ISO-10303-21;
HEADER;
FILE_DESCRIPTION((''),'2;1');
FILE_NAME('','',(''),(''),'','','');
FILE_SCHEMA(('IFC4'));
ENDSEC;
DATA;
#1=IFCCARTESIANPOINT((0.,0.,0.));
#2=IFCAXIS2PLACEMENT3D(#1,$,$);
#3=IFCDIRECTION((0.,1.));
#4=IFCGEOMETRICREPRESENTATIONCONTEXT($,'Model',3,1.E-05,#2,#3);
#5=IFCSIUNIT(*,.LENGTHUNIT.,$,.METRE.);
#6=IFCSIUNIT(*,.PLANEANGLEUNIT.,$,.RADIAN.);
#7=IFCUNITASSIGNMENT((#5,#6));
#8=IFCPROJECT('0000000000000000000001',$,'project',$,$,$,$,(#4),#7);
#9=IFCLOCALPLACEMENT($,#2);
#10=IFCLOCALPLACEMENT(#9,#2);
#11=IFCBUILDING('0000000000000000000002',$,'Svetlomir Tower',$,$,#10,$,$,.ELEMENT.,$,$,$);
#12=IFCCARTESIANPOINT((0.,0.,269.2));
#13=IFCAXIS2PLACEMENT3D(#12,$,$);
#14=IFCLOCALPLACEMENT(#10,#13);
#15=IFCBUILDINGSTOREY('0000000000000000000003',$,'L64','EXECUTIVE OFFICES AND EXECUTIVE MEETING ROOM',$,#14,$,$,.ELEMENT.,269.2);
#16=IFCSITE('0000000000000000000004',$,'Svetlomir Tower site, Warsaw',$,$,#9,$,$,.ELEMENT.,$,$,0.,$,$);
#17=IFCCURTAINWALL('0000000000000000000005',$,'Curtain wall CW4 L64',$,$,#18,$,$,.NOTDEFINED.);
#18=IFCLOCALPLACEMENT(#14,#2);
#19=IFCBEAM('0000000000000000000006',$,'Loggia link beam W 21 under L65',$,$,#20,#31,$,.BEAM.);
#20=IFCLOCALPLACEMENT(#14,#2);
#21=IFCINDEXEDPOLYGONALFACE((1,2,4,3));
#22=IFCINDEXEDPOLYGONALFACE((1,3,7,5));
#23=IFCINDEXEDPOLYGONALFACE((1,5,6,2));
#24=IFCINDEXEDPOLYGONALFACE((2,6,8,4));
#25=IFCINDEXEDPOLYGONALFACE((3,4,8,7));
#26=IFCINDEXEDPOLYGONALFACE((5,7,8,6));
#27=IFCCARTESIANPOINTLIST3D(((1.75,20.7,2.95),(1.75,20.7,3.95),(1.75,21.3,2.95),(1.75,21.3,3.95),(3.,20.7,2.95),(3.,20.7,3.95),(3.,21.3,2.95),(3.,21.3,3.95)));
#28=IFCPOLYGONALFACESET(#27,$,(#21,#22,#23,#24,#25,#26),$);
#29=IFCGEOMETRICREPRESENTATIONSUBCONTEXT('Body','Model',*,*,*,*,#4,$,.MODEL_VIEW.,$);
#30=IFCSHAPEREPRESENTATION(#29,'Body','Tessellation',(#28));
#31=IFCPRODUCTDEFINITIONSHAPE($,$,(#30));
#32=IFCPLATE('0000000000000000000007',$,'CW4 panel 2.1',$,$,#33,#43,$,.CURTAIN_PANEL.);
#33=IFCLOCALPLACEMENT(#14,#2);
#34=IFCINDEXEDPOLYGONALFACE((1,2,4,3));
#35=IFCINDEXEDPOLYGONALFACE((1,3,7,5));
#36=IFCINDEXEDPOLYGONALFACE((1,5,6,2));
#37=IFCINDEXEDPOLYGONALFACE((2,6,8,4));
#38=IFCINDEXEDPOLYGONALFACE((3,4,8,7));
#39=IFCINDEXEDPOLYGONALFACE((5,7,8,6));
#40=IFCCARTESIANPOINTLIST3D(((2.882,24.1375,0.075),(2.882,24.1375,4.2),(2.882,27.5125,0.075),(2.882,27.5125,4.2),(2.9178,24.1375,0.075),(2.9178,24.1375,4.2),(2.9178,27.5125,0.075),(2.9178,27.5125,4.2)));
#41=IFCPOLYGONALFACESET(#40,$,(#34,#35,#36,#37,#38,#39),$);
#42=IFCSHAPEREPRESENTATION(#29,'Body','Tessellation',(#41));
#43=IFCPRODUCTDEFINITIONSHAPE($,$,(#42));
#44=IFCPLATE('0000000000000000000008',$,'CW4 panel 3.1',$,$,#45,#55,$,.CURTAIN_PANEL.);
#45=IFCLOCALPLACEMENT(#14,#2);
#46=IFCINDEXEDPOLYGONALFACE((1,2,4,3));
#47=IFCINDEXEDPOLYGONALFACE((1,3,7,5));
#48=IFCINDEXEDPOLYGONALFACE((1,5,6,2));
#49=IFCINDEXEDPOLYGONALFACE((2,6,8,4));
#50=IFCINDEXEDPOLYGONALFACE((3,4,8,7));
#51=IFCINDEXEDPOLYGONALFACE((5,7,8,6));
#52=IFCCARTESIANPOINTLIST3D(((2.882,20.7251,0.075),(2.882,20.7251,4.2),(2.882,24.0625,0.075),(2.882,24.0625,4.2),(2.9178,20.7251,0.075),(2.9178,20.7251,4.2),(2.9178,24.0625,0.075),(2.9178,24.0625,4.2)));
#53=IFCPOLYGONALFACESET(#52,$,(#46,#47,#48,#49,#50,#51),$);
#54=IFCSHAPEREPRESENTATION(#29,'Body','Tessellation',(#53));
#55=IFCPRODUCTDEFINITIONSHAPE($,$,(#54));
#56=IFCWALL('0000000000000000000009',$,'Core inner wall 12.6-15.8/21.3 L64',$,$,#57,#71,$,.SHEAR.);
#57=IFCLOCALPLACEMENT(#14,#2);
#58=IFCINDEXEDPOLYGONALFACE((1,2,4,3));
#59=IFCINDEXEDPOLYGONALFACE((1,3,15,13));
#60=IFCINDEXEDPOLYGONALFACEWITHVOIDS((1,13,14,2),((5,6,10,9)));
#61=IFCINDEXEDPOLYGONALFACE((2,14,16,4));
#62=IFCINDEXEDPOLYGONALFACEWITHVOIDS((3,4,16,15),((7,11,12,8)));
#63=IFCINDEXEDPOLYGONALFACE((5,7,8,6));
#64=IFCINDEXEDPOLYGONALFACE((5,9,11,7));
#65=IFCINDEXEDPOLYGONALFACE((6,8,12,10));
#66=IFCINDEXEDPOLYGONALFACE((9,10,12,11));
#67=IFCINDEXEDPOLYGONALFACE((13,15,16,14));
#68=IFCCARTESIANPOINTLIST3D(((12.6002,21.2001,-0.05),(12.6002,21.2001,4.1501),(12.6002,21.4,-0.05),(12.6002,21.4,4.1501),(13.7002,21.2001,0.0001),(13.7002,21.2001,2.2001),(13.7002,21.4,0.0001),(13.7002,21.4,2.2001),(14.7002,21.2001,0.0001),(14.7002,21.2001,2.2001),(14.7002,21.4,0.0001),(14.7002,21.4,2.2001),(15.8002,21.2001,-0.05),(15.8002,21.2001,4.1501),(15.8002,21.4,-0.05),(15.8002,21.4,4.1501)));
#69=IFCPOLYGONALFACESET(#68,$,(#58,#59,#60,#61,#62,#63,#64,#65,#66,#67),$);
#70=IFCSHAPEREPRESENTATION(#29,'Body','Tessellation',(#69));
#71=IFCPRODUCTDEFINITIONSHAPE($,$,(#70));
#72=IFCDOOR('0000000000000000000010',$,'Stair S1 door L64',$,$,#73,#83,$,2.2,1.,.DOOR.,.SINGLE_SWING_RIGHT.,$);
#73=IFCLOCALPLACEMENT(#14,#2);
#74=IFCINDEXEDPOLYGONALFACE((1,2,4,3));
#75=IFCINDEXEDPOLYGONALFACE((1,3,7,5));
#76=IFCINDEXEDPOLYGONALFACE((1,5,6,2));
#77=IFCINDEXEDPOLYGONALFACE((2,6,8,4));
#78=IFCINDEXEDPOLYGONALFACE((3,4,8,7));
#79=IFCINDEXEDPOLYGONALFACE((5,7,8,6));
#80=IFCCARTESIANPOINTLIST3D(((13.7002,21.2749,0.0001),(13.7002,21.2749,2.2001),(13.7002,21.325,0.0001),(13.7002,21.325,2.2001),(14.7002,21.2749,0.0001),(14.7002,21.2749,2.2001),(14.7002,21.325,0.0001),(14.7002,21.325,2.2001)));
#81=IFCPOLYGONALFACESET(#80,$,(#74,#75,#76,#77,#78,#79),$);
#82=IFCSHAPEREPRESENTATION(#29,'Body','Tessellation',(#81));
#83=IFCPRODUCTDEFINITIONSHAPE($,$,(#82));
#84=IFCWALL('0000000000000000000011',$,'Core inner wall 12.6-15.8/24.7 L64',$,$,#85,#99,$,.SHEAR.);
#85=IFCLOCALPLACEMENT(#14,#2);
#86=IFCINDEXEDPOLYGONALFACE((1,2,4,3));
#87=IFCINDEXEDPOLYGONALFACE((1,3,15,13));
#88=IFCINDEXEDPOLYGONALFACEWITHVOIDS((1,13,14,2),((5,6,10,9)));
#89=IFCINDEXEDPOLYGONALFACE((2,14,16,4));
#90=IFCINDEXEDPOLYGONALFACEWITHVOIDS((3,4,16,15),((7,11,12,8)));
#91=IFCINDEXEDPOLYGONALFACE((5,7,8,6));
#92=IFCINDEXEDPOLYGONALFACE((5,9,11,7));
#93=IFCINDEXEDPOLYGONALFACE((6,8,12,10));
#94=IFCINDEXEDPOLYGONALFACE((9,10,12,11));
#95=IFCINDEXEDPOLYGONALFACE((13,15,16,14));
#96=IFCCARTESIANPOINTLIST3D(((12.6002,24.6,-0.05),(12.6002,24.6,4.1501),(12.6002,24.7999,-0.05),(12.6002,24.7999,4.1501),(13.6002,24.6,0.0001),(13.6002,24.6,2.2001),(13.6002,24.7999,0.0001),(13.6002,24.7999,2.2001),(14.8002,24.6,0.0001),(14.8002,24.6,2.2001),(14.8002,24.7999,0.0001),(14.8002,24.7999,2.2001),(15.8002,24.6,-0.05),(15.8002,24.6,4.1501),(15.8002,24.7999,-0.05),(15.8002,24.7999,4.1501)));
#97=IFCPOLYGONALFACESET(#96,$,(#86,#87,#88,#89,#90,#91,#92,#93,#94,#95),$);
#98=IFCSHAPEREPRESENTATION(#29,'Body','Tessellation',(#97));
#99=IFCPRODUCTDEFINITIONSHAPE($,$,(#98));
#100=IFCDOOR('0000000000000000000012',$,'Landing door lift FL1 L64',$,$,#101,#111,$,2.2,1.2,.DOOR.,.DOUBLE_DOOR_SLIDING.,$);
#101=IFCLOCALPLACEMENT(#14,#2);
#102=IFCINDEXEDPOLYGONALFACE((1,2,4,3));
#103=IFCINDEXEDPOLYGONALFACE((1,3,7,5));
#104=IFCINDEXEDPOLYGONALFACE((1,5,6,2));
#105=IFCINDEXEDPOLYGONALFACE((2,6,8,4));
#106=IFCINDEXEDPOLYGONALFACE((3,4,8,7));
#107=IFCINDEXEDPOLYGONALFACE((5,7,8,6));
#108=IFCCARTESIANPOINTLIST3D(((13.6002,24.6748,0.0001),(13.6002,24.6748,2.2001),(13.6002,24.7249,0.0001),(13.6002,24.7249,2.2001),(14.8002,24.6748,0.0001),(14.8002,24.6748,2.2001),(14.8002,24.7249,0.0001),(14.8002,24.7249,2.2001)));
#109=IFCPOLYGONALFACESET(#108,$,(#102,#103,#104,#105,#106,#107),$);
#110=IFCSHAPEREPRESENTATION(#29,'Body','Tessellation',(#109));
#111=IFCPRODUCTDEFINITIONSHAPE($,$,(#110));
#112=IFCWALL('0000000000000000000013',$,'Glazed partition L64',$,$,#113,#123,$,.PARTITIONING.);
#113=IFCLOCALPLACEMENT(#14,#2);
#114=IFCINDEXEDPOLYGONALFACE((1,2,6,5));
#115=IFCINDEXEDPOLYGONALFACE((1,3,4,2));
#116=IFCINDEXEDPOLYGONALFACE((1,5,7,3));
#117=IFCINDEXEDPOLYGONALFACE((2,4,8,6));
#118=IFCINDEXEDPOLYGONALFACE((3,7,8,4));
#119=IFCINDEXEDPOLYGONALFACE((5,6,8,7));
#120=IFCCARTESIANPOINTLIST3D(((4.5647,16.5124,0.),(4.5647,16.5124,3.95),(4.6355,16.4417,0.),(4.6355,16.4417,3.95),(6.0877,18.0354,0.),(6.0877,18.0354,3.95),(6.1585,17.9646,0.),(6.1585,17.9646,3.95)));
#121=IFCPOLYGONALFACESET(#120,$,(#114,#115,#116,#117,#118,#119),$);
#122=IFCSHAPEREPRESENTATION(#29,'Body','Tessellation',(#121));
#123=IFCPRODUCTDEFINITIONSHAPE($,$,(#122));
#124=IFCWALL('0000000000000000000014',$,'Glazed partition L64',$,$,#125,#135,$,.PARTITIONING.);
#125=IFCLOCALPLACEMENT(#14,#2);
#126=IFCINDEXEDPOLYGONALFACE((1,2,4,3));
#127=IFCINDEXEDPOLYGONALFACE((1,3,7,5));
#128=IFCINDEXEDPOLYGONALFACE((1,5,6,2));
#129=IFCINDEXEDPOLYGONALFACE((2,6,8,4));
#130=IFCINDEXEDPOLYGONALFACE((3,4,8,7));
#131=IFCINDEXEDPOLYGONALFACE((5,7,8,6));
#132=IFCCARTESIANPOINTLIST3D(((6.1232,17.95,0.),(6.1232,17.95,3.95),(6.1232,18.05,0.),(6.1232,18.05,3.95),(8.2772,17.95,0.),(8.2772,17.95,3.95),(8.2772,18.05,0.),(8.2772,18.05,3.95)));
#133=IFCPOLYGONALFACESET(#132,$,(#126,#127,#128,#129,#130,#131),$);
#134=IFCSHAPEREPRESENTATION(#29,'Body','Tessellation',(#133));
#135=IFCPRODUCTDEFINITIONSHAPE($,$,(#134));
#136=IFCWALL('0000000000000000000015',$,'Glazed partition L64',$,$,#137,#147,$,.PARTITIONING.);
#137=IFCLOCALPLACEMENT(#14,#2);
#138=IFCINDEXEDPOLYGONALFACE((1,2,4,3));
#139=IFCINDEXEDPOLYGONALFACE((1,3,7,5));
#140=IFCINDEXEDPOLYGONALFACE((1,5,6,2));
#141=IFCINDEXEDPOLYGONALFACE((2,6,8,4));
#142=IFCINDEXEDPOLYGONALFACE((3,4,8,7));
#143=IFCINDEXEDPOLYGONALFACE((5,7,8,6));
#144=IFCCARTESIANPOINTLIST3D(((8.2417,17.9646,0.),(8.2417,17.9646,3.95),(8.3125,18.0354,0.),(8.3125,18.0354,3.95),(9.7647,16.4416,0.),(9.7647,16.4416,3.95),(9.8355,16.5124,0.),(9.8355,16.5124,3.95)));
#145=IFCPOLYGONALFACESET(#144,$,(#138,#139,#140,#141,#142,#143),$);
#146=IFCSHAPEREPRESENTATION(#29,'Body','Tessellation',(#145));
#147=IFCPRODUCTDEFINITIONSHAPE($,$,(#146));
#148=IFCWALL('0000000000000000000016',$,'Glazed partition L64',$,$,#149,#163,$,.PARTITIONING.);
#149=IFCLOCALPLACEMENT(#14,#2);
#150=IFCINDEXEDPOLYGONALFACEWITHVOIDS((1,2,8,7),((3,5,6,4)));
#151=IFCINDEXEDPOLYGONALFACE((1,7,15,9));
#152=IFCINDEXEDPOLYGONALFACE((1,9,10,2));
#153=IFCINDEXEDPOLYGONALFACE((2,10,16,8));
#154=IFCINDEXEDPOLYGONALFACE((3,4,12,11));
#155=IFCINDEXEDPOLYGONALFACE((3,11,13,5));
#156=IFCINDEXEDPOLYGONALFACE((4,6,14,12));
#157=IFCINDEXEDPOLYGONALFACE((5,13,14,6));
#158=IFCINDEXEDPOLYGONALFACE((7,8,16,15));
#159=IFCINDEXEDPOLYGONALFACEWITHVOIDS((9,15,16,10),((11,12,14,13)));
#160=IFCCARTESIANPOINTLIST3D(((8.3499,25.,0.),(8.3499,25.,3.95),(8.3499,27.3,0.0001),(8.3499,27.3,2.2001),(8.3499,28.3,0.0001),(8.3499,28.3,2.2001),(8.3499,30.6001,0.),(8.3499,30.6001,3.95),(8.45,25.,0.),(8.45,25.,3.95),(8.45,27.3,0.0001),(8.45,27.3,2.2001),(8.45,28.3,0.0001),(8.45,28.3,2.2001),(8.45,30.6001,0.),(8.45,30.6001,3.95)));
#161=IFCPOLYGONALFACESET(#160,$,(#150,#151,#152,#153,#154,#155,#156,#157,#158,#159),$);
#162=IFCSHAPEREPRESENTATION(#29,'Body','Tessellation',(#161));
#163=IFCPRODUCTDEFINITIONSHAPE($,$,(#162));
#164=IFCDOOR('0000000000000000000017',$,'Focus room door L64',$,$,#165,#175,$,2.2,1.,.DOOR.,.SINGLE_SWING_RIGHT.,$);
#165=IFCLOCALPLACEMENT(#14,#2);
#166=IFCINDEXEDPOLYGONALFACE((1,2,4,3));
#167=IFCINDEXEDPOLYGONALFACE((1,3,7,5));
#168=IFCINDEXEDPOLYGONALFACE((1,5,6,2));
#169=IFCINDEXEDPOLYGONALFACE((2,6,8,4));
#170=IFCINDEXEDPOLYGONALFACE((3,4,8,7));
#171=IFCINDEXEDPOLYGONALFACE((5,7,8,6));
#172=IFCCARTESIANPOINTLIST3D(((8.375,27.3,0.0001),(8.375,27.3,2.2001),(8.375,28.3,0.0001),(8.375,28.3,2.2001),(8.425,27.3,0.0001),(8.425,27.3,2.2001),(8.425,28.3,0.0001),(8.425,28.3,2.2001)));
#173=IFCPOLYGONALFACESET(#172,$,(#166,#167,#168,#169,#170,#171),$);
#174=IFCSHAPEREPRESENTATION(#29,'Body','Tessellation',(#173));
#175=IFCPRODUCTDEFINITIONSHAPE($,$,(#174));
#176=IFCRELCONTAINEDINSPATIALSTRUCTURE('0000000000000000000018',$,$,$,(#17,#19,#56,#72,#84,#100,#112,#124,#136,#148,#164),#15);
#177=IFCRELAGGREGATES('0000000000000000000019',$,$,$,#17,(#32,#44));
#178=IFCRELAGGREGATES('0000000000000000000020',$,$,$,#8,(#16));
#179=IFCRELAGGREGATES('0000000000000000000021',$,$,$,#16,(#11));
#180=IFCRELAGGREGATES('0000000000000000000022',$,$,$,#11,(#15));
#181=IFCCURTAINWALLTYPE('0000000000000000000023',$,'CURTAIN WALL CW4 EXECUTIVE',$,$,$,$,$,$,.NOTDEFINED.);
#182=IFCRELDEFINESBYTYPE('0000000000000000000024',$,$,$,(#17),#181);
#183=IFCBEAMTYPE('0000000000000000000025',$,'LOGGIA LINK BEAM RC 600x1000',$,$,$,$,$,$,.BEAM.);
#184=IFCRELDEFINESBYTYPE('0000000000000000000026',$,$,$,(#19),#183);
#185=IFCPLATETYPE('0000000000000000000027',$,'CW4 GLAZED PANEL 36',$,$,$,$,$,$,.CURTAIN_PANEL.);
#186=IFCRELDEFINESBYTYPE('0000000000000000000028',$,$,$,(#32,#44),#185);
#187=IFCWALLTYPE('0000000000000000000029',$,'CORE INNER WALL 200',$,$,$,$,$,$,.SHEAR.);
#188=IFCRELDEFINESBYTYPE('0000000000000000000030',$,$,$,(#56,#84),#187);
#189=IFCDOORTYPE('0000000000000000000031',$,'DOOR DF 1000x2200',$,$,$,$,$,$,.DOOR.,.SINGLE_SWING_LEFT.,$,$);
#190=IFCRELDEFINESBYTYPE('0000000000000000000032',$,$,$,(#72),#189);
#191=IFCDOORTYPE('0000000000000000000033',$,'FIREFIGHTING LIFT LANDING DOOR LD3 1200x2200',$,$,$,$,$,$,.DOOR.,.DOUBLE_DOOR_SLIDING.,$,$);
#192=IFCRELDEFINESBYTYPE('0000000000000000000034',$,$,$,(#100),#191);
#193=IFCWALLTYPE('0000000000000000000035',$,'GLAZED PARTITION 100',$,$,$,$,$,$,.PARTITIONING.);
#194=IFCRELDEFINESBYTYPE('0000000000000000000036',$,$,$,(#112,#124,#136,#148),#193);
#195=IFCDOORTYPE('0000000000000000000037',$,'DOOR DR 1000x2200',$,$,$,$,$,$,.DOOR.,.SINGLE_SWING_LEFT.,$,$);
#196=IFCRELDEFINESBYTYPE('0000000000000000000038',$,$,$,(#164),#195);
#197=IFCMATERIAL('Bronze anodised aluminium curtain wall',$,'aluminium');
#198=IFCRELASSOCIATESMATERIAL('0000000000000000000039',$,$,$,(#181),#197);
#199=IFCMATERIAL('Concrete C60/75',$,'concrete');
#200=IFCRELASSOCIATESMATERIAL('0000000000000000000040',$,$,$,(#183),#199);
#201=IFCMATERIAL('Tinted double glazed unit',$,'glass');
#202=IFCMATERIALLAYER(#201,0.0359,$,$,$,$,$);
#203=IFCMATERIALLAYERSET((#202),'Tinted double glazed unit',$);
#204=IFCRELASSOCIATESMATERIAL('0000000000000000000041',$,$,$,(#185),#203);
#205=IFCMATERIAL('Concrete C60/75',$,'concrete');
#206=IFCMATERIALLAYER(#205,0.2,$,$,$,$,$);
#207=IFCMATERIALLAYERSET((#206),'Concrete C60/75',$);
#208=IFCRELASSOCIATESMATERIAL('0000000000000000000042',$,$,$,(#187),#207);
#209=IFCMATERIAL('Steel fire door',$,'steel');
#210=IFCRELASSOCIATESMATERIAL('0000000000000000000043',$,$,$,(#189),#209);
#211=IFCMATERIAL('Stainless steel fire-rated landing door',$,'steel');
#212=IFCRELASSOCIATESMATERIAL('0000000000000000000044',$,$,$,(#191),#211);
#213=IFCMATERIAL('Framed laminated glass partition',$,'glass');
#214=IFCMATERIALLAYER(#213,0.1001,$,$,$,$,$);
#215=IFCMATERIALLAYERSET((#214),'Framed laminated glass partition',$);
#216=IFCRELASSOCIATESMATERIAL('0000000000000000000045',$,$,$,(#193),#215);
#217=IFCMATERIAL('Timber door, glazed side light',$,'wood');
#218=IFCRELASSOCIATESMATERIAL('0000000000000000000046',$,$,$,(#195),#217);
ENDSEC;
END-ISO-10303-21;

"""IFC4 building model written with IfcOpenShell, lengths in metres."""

from ifc_helpers import new_model, si_unit, direction, frame, frame_2d, origin, origin_2d, place, context, subcontext, project, spatial, rectangle, extrude, material, layer, layer_set, material_profile, profile_set, type_object, element, fill, aggregate, save


model = new_model("IFC4")

# Units and contexts
model_context = context("Model", 3, precision=1e-05, world=origin(), true_north=direction((0.0, 1.0)))
body_context = subcontext(model_context, "Body", "Model", "MODEL_VIEW")
ifc_project = project(units=[si_unit("LENGTHUNIT", "METRE"), si_unit("PLANEANGLEUNIT", "RADIAN")], contexts=[model_context])

# Site, building, storey
site_placement = place(None, origin())
site = spatial("IfcSite", under=ifc_project, at=site_placement, Name="Svetlomir Tower site, Warsaw", CompositionType="ELEMENT", RefElevation=0.0)
building_placement = place(site_placement, origin())
building = spatial("IfcBuilding", under=site, at=building_placement, Name="Svetlomir Tower", CompositionType="ELEMENT")
storey_placement = place(building_placement, frame((0.0, 0.0, 269.2)))
storey = spatial("IfcBuildingStorey", under=building, at=storey_placement, Name="L64", Description="EXECUTIVE OFFICES AND EXECUTIVE MEETING ROOM", CompositionType="ELEMENT", Elevation=269.2)

# Curtain wall
ifc_material_1 = material(Name="Bronze anodised aluminium curtain wall", Category="aluminium")
curtain_wall_type = type_object("IfcCurtainWallType", Name="CURTAIN WALL CW4 EXECUTIVE", PredefinedType="NOTDEFINED", material=ifc_material_1)
curtain_wall_1_placement = place(storey_placement, origin())
curtain_wall_1 = element("IfcCurtainWall", 1, at=curtain_wall_1_placement, inside=storey, type_object=curtain_wall_type, Name="Curtain wall CW4 L64", PredefinedType="NOTDEFINED")

# Beam
ifc_material_2 = material(Name="Concrete C60/75", Category="concrete")
ifc_material_profile_1 = material_profile(ifc_material_2, rectangle(XDim=0.6001, YDim=1.0, at=origin_2d()), Name="RC 600x1000")
ifc_profile_set_1 = profile_set([ifc_material_profile_1], Name="Concrete C60/75")
beam_type_1 = type_object("IfcBeamType", Name="LOGGIA LINK BEAM RC 600x1000", PredefinedType="BEAM", material=ifc_profile_set_1)
beam_1_placement = place(storey_placement, frame((1.75, 21.0, 3.45), z_axis=(1.0, 0.0, 0.0), x_axis=(0.0, 1.0, 0.0)))
element("IfcBeam", 2, at=beam_1_placement, inside=storey, type_object=beam_type_1, Name="Loggia link beam W 21 under L65", PredefinedType="BEAM", context=body_context, shape_type="SweptSolid", body=[
    extrude(rectangle(XDim=0.6001, YDim=1.0, at=origin_2d()), origin(), (0.0, 0.0, 1.0), 1.25),
])

# Plates
ifc_material_3 = material(Name="Tinted double glazed unit", Category="glass")
ifc_layer_1 = layer(ifc_material_3, 0.0359)
ifc_layer_set_1 = layer_set([ifc_layer_1], Name="Tinted double glazed unit")
plate_type = type_object("IfcPlateType", Name="CW4 GLAZED PANEL 36", PredefinedType="CURTAIN_PANEL", material=ifc_layer_set_1)
plate_1_placement = place(storey_placement, frame((2.8999, 25.825, 0.075), z_axis=(0.0, 0.0, 1.0), x_axis=(0.0, -1.0, 0.0)))
plate_1 = element("IfcPlate", 3, at=plate_1_placement, type_object=plate_type, Name="CW4 panel 2.1", PredefinedType="CURTAIN_PANEL", context=body_context, shape_type="SweptSolid", body=[
    extrude(rectangle(XDim=3.375, YDim=0.0359, at=origin_2d()), origin(), (0.0, 0.0, 1.0), 4.125),
])
plate_2_placement = place(storey_placement, frame((2.8999, 22.3938, 0.075), z_axis=(0.0, 0.0, 1.0), x_axis=(0.0, -1.0, 0.0)))
plate_2 = element("IfcPlate", 4, at=plate_2_placement, type_object=plate_type, Name="CW4 panel 3.1", PredefinedType="CURTAIN_PANEL", context=body_context, shape_type="SweptSolid", body=[
    extrude(rectangle(XDim=3.3374, YDim=0.0359, at=origin_2d()), origin(), (0.0, 0.0, 1.0), 4.125),
])
aggregate(curtain_wall_1, [plate_1, plate_2])

# Walls, openings, doors
ifc_material_4 = material(Name="Concrete C60/75", Category="concrete")
ifc_layer_2 = layer(ifc_material_4, 0.2)
ifc_layer_set_2 = layer_set([ifc_layer_2], Name="Concrete C60/75")
wall_type_1 = type_object("IfcWallType", Name="CORE INNER WALL 200", PredefinedType="SHEAR", material=ifc_layer_set_2)
wall_1_placement = place(storey_placement, frame((12.6001, 21.3, -0.05), z_axis=(0.0, 0.0, 1.0), x_axis=(1.0, 0.0, 0.0)))
wall_1 = element("IfcWall", 5, at=wall_1_placement, inside=storey, type_object=wall_type_1, Name="Core inner wall 12.6-15.8/21.3 L64", PredefinedType="SHEAR", context=body_context, shape_type="SweptSolid", body=[
    extrude(rectangle(XDim=3.2, YDim=0.2, at=frame_2d((1.6001, 0.0))), origin(), (0.0, 0.0, 1.0), 4.2002),
])
opening_1_placement = place(wall_1_placement, frame((1.1001, 0.0, 0.05)))
opening_1 = element("IfcOpeningElement", 6, at=opening_1_placement, cuts=wall_1, PredefinedType="OPENING", context=body_context, shape_type="SweptSolid", body=[
    extrude(rectangle(XDim=1.0, YDim=2.2, at=frame_2d((0.5, 1.1001))), frame((0.0, 0.1099, 0.0), z_axis=(0.0, -1.0, 0.0), x_axis=(1.0, 0.0, 0.0)), (0.0, 0.0, 1.0), 0.22),
])
ifc_material_5 = material(Name="Steel fire door", Category="steel")
door_type_1 = type_object("IfcDoorType", Name="DOOR DF 1000x2200", OperationType="SINGLE_SWING_LEFT", PredefinedType="DOOR", material=ifc_material_5)
door_1_placement = place(opening_1_placement, origin())
door_1 = element("IfcDoor", 7, at=door_1_placement, inside=storey, type_object=door_type_1, Name="Stair S1 door L64", OperationType="SINGLE_SWING_RIGHT", OverallHeight=2.2, OverallWidth=1.0, PredefinedType="DOOR", context=body_context, shape_type="SweptSolid", body=[
    extrude(rectangle(XDim=1.0, YDim=2.2, at=frame_2d((0.5, 1.1001))), frame((0.0, 0.0249, 0.0), z_axis=(0.0, -1.0, 0.0), x_axis=(1.0, 0.0, 0.0)), (0.0, 0.0, 1.0), 0.05),
])
fill(opening_1, door_1)
wall_2_placement = place(storey_placement, frame((12.6001, 24.7, -0.05), z_axis=(0.0, 0.0, 1.0), x_axis=(1.0, 0.0, 0.0)))
wall_2 = element("IfcWall", 8, at=wall_2_placement, inside=storey, type_object=wall_type_1, Name="Core inner wall 12.6-15.8/24.7 L64", PredefinedType="SHEAR", context=body_context, shape_type="SweptSolid", body=[
    extrude(rectangle(XDim=3.2, YDim=0.2, at=frame_2d((1.6001, 0.0))), origin(), (0.0, 0.0, 1.0), 4.2002),
])
opening_2_placement = place(wall_2_placement, frame((1.0, 0.0, 0.05)))
opening_2 = element("IfcOpeningElement", 9, at=opening_2_placement, cuts=wall_2, PredefinedType="OPENING", context=body_context, shape_type="SweptSolid", body=[
    extrude(rectangle(XDim=1.2, YDim=2.2, at=frame_2d((0.6001, 1.1001))), frame((0.0, 0.1099, 0.0), z_axis=(0.0, -1.0, 0.0), x_axis=(1.0, 0.0, 0.0)), (0.0, 0.0, 1.0), 0.22),
])
ifc_material_6 = material(Name="Stainless steel fire-rated landing door", Category="steel")
door_type_2 = type_object("IfcDoorType", Name="FIREFIGHTING LIFT LANDING DOOR LD3 1200x2200", OperationType="DOUBLE_DOOR_SLIDING", PredefinedType="DOOR", material=ifc_material_6)
door_2_placement = place(opening_2_placement, origin())
door_2 = element("IfcDoor", 10, at=door_2_placement, inside=storey, type_object=door_type_2, Name="Landing door lift FL1 L64", OperationType="DOUBLE_DOOR_SLIDING", OverallHeight=2.2, OverallWidth=1.2, PredefinedType="DOOR", context=body_context, shape_type="SweptSolid", body=[
    extrude(rectangle(XDim=1.2, YDim=2.2, at=frame_2d((0.6001, 1.1001))), frame((0.0, 0.0249, 0.0), z_axis=(0.0, -1.0, 0.0), x_axis=(1.0, 0.0, 0.0)), (0.0, 0.0, 1.0), 0.05),
])
fill(opening_2, door_2)

# Walls
ifc_material_7 = material(Name="Framed laminated glass partition", Category="glass")
ifc_layer_3 = layer(ifc_material_7, 0.1001)
ifc_layer_set_3 = layer_set([ifc_layer_3], Name="Framed laminated glass partition")
wall_type_2 = type_object("IfcWallType", Name="GLAZED PARTITION 100", PredefinedType="PARTITIONING", material=ifc_layer_set_3)
wall_3_placement = place(storey_placement, frame((4.6001, 16.4771, 0.0), z_axis=(0.0, 0.0, 1.0), x_axis=(0.707107, 0.707107, 0.0)))
element("IfcWall", 11, at=wall_3_placement, inside=storey, type_object=wall_type_2, Name="Glazed partition L64", PredefinedType="PARTITIONING", context=body_context, shape_type="SweptSolid", body=[
    extrude(rectangle(XDim=2.1538, YDim=0.1001, at=frame_2d((1.0769, 0.0))), origin(), (0.0, 0.0, 1.0), 3.95),
])
wall_4_placement = place(storey_placement, frame((6.123, 18.0, 0.0), z_axis=(0.0, 0.0, 1.0), x_axis=(1.0, 0.0, 0.0)))
element("IfcWall", 12, at=wall_4_placement, inside=storey, type_object=wall_type_2, Name="Glazed partition L64", PredefinedType="PARTITIONING", context=body_context, shape_type="SweptSolid", body=[
    extrude(rectangle(XDim=2.1541, YDim=0.1001, at=frame_2d((1.0771, 0.0))), origin(), (0.0, 0.0, 1.0), 3.95),
])
wall_5_placement = place(storey_placement, frame((8.2771, 18.0, 0.0), z_axis=(0.0, 0.0, 1.0), x_axis=(0.707107, -0.707107, 0.0)))
element("IfcWall", 13, at=wall_5_placement, inside=storey, type_object=wall_type_2, Name="Glazed partition L64", PredefinedType="PARTITIONING", context=body_context, shape_type="SweptSolid", body=[
    extrude(rectangle(XDim=2.1538, YDim=0.1001, at=frame_2d((1.0769, 0.0))), origin(), (0.0, 0.0, 1.0), 3.95),
])

# Wall, opening, door
wall_6_placement = place(storey_placement, frame((8.3999, 25.0, 0.0), z_axis=(0.0, 0.0, 1.0), x_axis=(0.0, 1.0, 0.0)))
wall_6 = element("IfcWall", 14, at=wall_6_placement, inside=storey, type_object=wall_type_2, Name="Glazed partition L64", PredefinedType="PARTITIONING", context=body_context, shape_type="SweptSolid", body=[
    extrude(rectangle(XDim=5.6001, YDim=0.1001, at=frame_2d((2.8, 0.0))), origin(), (0.0, 0.0, 1.0), 3.95),
])
opening_3_placement = place(wall_6_placement, frame((2.3, 0.0, 0.0)))
opening_3 = element("IfcOpeningElement", 15, at=opening_3_placement, cuts=wall_6, PredefinedType="OPENING", context=body_context, shape_type="SweptSolid", body=[
    extrude(rectangle(XDim=1.0, YDim=2.2, at=frame_2d((0.5, 1.1001))), frame((0.0, 0.0601, 0.0), z_axis=(0.0, -1.0, 0.0), x_axis=(1.0, 0.0, 0.0)), (0.0, 0.0, 1.0), 0.1201),
])
ifc_material_8 = material(Name="Timber door, glazed side light", Category="wood")
door_type_3 = type_object("IfcDoorType", Name="DOOR DR 1000x2200", OperationType="SINGLE_SWING_LEFT", PredefinedType="DOOR", material=ifc_material_8)
door_3_placement = place(opening_3_placement, origin())
door_3 = element("IfcDoor", 16, at=door_3_placement, inside=storey, type_object=door_type_3, Name="Focus room door L64", OperationType="SINGLE_SWING_RIGHT", OverallHeight=2.2, OverallWidth=1.0, PredefinedType="DOOR", context=body_context, shape_type="SweptSolid", body=[
    extrude(rectangle(XDim=1.0, YDim=2.2, at=frame_2d((0.5, 1.1001))), frame((0.0, 0.0249, 0.0), z_axis=(0.0, -1.0, 0.0), x_axis=(1.0, 0.0, 0.0)), (0.0, 0.0, 1.0), 0.05),
])
fill(opening_3, door_3)

save(model, "model.ifc")
